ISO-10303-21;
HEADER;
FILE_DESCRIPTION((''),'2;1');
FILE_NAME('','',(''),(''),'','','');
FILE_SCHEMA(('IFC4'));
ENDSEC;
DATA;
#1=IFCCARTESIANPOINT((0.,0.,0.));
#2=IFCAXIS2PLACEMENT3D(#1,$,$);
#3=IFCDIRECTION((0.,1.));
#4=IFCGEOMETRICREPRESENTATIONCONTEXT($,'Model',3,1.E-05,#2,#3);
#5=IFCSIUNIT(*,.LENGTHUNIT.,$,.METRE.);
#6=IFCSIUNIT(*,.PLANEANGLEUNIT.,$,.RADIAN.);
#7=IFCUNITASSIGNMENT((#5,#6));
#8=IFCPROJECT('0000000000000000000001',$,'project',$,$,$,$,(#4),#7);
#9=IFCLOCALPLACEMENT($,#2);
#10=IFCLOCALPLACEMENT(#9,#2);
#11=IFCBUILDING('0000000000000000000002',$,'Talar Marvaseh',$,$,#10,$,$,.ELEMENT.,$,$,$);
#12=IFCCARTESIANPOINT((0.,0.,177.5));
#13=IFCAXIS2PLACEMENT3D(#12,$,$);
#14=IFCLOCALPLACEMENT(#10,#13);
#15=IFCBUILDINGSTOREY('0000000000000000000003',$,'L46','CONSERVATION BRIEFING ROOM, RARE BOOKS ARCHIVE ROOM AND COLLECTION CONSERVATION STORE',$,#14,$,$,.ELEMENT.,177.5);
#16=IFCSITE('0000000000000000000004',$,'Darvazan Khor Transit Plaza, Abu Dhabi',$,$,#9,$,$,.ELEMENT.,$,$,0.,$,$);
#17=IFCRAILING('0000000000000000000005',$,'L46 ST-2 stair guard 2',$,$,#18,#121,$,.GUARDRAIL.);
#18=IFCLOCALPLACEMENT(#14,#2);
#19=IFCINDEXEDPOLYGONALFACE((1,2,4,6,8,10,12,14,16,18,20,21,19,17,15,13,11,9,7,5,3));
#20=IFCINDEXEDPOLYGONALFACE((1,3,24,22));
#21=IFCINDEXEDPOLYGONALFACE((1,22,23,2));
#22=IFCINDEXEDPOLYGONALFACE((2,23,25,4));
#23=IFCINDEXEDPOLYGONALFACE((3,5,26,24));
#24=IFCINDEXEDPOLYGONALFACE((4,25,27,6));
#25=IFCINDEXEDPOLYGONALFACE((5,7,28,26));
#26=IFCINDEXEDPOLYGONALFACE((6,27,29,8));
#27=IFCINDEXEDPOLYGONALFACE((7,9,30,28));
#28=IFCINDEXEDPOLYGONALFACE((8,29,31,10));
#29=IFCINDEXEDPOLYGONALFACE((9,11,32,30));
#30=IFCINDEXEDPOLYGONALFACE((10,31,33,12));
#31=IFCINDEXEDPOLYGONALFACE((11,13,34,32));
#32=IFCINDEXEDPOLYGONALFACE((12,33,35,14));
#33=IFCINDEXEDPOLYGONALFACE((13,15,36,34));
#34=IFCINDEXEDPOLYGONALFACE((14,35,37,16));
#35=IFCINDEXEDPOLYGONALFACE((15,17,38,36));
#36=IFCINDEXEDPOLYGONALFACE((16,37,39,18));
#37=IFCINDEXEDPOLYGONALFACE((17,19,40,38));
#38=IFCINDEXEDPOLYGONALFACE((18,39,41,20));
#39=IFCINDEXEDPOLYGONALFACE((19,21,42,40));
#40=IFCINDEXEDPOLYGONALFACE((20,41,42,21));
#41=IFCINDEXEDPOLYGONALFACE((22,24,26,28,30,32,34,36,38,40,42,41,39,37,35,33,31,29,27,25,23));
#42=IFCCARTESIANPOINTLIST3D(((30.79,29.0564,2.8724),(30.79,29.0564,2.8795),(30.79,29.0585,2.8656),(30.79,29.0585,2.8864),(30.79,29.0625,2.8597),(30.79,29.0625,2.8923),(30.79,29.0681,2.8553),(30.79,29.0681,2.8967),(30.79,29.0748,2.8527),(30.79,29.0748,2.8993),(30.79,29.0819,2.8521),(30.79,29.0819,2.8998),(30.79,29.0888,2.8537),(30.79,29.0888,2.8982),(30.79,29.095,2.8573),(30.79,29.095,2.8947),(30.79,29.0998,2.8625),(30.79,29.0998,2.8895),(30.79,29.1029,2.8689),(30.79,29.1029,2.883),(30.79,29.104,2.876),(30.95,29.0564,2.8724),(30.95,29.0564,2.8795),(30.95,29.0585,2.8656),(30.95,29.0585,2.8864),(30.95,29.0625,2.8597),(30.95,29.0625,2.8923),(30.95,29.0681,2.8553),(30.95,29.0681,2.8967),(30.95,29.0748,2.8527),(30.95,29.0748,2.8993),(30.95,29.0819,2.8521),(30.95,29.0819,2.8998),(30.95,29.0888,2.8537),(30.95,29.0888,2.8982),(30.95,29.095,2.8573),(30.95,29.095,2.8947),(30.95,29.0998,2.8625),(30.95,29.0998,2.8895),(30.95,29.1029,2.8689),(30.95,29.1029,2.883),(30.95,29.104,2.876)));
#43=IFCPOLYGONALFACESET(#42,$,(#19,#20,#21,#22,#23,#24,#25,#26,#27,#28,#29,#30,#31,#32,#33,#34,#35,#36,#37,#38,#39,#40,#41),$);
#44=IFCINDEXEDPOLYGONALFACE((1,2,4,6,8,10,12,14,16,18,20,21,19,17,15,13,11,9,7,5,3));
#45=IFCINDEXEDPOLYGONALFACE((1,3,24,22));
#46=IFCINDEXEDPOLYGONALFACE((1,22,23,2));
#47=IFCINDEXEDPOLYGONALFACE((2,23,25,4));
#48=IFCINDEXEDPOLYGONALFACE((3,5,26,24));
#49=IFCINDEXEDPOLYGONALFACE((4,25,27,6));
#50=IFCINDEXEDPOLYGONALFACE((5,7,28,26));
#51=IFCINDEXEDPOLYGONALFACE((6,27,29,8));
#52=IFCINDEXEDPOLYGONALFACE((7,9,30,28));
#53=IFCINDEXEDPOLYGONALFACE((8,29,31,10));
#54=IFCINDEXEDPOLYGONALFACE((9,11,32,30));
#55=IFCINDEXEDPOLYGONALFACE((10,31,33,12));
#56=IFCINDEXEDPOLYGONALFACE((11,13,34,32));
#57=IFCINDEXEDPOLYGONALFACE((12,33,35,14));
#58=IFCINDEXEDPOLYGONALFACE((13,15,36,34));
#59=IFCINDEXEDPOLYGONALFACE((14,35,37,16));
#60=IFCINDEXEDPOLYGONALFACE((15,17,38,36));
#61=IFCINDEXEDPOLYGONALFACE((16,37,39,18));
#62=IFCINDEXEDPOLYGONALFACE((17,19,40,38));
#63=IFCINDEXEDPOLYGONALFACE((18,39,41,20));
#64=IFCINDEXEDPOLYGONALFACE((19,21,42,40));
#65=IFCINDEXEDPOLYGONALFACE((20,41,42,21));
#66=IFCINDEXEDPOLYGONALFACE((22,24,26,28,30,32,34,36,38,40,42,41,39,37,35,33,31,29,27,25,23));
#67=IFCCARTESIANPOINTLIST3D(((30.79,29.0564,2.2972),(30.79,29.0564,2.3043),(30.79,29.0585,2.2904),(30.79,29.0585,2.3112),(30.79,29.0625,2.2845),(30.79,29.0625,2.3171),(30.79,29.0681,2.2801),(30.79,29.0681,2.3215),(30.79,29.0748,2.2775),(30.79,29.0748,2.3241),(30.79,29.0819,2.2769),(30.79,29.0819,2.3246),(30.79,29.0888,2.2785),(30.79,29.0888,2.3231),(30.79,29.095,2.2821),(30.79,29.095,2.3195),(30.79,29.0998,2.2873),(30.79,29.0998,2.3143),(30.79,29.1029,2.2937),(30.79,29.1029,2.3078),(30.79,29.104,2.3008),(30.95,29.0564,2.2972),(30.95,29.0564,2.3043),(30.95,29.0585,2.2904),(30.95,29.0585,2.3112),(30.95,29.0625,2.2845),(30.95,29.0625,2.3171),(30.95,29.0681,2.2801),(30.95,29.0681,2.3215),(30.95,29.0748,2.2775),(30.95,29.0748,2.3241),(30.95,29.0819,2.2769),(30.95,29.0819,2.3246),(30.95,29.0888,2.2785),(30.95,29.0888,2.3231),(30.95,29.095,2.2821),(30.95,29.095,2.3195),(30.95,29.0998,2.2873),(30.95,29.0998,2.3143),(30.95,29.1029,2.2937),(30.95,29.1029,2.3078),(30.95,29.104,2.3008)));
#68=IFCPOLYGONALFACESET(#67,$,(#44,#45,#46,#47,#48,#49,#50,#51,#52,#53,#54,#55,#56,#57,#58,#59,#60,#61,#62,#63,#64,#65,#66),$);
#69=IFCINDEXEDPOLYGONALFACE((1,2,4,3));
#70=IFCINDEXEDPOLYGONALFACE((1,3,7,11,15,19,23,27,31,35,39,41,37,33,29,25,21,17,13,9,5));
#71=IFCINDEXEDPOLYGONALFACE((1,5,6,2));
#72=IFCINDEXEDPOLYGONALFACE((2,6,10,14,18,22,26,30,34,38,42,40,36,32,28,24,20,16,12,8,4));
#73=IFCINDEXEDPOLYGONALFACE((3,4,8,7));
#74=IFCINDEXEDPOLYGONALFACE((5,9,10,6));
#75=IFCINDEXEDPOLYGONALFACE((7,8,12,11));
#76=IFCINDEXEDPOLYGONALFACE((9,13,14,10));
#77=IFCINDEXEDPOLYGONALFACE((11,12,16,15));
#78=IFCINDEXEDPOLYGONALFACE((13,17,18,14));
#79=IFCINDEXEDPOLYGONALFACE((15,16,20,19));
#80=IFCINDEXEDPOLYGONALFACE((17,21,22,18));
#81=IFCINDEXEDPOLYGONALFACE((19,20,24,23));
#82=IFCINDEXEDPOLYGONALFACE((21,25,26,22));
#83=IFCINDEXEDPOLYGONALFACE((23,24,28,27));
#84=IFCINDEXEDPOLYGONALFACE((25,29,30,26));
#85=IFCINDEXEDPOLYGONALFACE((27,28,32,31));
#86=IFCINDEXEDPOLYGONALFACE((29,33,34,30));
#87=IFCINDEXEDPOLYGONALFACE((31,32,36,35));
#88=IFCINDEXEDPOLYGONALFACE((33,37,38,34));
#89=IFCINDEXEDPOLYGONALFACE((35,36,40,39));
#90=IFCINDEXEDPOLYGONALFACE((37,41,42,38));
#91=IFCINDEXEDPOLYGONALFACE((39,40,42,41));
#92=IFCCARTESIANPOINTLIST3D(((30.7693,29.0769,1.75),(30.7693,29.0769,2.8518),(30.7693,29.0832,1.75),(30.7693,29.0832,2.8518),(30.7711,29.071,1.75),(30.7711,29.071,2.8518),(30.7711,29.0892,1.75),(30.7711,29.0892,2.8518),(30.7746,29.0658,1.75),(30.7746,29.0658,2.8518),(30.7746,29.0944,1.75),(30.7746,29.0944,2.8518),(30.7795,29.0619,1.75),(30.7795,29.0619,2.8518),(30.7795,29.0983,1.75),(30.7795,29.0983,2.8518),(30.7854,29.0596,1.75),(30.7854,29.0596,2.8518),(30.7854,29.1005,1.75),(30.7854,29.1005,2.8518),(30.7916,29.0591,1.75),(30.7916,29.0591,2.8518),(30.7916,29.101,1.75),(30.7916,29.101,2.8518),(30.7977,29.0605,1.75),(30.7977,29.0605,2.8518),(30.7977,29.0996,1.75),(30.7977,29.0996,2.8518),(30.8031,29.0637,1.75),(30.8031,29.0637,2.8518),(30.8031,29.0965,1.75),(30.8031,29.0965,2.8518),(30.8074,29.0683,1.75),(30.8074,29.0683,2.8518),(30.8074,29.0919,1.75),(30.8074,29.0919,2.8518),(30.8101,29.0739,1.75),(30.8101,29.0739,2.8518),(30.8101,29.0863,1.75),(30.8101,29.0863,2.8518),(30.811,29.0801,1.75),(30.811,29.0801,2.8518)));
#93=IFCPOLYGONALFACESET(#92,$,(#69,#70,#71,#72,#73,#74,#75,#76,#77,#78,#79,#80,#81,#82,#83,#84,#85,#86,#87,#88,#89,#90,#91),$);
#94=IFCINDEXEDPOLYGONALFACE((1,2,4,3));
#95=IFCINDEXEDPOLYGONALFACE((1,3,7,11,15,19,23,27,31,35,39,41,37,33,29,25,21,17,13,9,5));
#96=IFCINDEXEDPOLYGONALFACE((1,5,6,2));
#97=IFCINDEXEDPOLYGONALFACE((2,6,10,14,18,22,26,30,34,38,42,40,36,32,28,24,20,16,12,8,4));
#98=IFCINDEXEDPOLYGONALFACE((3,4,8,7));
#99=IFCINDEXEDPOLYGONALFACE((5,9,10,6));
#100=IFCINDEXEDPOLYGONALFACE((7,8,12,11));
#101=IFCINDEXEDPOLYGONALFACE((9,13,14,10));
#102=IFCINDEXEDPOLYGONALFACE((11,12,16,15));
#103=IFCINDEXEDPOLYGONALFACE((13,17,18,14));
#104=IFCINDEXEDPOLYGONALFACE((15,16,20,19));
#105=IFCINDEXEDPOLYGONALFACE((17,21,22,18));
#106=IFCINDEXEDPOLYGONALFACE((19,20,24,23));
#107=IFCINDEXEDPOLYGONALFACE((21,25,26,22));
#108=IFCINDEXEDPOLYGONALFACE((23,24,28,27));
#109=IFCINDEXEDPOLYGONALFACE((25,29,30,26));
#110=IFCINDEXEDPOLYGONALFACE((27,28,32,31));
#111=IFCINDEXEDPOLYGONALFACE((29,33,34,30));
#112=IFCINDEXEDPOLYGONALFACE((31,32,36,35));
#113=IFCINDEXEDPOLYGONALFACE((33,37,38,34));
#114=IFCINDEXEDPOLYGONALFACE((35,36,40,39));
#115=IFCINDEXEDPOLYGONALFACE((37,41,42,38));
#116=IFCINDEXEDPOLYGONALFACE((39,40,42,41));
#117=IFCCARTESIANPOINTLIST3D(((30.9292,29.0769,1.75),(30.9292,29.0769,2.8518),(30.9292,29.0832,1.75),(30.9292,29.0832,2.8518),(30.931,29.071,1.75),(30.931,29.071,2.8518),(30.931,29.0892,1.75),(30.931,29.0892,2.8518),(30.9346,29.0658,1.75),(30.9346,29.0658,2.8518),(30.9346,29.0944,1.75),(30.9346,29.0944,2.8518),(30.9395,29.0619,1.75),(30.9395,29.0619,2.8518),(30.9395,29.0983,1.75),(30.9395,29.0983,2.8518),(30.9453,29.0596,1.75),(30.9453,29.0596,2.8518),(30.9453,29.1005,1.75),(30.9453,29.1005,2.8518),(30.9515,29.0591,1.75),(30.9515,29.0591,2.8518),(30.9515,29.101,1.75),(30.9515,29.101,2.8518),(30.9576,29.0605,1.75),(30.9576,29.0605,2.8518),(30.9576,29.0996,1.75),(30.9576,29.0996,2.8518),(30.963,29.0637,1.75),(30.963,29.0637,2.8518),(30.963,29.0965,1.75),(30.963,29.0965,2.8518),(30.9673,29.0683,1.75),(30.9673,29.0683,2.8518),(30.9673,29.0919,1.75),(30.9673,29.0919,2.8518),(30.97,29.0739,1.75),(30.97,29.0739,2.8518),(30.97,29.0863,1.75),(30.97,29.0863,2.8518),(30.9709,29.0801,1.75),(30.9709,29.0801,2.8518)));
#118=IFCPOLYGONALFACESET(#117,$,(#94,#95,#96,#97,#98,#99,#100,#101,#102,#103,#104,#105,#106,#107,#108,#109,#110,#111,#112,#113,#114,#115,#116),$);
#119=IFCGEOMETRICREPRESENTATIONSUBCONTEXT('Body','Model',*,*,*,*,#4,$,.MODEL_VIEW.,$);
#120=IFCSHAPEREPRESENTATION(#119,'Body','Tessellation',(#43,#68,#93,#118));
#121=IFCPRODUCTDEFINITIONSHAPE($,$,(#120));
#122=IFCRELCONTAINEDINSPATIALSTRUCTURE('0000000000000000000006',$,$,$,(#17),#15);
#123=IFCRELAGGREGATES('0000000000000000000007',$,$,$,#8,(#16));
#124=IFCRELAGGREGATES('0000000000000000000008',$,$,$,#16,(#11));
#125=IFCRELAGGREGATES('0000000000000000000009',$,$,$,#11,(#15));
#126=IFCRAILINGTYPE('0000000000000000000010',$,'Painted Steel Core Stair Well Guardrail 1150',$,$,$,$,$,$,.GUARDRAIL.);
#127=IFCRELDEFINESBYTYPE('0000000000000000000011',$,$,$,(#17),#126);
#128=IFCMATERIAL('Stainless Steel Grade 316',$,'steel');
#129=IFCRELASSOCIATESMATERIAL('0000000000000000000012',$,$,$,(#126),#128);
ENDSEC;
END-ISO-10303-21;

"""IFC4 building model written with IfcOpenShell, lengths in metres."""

from ifc_helpers import new_model, si_unit, direction, frame, origin, origin_2d, place, context, subcontext, project, spatial, circle, extrude, material, type_object, element, save


model = new_model("IFC4")

# Units and contexts
model_context = context("Model", 3, precision=1e-05, world=origin(), true_north=direction((0.0, 1.0)))
body_context = subcontext(model_context, "Body", "Model", "MODEL_VIEW")
ifc_project = project(units=[si_unit("LENGTHUNIT", "METRE"), si_unit("PLANEANGLEUNIT", "RADIAN")], contexts=[model_context])

# Site, building, storey
site_placement = place(None, origin())
site = spatial("IfcSite", under=ifc_project, at=site_placement, Name="Darvazan Khor Transit Plaza, Abu Dhabi", CompositionType="ELEMENT", RefElevation=0.0)
building_placement = place(site_placement, origin())
building = spatial("IfcBuilding", under=site, at=building_placement, Name="Talar Marvaseh", CompositionType="ELEMENT")
storey_placement = place(building_placement, frame((0.0, 0.0, 177.5)))
storey = spatial("IfcBuildingStorey", under=building, at=storey_placement, Name="L46", Description="CONSERVATION BRIEFING ROOM, RARE BOOKS ARCHIVE ROOM AND COLLECTION CONSERVATION STORE", CompositionType="ELEMENT", Elevation=177.5)

# Shared definitions
ifc_material_1 = material(Name="Stainless Steel Grade 316", Category="steel")

# Railing
railing_type_1 = type_object("IfcRailingType", Name="Painted Steel Core Stair Well Guardrail 1150", PredefinedType="GUARDRAIL", material=ifc_material_1)
railing_1_placement = place(storey_placement, frame((30.79, 29.0801, 1.75)))
element("IfcRailing", 1, at=railing_1_placement, inside=storey, type_object=railing_type_1, Name="L46 ST-2 stair guard 2", PredefinedType="GUARDRAIL", context=body_context, shape_type="SweptSolid", body=[
    extrude(circle(Radius=0.0239, at=origin_2d()), frame((0.0, 0.0, 1.126), z_axis=(1.0, 0.0, 0.0), x_axis=(0.0, 1.0, 0.0)), (0.0, 0.0, 1.0), 0.1599),
    extrude(circle(Radius=0.0239, at=origin_2d()), frame((0.0, 0.0, 0.5508), z_axis=(1.0, 0.0, 0.0), x_axis=(0.0, 1.0, 0.0)), (0.0, 0.0, 1.0), 0.1599),
    extrude(circle(Radius=0.021, at=origin_2d()), origin(), (0.0, 0.0, 1.0), 1.1018),
    extrude(circle(Radius=0.021, at=origin_2d()), frame((0.1599, 0.0, 0.0)), (0.0, 0.0, 1.0), 1.1018),
])

save(model, "model.ifc")
